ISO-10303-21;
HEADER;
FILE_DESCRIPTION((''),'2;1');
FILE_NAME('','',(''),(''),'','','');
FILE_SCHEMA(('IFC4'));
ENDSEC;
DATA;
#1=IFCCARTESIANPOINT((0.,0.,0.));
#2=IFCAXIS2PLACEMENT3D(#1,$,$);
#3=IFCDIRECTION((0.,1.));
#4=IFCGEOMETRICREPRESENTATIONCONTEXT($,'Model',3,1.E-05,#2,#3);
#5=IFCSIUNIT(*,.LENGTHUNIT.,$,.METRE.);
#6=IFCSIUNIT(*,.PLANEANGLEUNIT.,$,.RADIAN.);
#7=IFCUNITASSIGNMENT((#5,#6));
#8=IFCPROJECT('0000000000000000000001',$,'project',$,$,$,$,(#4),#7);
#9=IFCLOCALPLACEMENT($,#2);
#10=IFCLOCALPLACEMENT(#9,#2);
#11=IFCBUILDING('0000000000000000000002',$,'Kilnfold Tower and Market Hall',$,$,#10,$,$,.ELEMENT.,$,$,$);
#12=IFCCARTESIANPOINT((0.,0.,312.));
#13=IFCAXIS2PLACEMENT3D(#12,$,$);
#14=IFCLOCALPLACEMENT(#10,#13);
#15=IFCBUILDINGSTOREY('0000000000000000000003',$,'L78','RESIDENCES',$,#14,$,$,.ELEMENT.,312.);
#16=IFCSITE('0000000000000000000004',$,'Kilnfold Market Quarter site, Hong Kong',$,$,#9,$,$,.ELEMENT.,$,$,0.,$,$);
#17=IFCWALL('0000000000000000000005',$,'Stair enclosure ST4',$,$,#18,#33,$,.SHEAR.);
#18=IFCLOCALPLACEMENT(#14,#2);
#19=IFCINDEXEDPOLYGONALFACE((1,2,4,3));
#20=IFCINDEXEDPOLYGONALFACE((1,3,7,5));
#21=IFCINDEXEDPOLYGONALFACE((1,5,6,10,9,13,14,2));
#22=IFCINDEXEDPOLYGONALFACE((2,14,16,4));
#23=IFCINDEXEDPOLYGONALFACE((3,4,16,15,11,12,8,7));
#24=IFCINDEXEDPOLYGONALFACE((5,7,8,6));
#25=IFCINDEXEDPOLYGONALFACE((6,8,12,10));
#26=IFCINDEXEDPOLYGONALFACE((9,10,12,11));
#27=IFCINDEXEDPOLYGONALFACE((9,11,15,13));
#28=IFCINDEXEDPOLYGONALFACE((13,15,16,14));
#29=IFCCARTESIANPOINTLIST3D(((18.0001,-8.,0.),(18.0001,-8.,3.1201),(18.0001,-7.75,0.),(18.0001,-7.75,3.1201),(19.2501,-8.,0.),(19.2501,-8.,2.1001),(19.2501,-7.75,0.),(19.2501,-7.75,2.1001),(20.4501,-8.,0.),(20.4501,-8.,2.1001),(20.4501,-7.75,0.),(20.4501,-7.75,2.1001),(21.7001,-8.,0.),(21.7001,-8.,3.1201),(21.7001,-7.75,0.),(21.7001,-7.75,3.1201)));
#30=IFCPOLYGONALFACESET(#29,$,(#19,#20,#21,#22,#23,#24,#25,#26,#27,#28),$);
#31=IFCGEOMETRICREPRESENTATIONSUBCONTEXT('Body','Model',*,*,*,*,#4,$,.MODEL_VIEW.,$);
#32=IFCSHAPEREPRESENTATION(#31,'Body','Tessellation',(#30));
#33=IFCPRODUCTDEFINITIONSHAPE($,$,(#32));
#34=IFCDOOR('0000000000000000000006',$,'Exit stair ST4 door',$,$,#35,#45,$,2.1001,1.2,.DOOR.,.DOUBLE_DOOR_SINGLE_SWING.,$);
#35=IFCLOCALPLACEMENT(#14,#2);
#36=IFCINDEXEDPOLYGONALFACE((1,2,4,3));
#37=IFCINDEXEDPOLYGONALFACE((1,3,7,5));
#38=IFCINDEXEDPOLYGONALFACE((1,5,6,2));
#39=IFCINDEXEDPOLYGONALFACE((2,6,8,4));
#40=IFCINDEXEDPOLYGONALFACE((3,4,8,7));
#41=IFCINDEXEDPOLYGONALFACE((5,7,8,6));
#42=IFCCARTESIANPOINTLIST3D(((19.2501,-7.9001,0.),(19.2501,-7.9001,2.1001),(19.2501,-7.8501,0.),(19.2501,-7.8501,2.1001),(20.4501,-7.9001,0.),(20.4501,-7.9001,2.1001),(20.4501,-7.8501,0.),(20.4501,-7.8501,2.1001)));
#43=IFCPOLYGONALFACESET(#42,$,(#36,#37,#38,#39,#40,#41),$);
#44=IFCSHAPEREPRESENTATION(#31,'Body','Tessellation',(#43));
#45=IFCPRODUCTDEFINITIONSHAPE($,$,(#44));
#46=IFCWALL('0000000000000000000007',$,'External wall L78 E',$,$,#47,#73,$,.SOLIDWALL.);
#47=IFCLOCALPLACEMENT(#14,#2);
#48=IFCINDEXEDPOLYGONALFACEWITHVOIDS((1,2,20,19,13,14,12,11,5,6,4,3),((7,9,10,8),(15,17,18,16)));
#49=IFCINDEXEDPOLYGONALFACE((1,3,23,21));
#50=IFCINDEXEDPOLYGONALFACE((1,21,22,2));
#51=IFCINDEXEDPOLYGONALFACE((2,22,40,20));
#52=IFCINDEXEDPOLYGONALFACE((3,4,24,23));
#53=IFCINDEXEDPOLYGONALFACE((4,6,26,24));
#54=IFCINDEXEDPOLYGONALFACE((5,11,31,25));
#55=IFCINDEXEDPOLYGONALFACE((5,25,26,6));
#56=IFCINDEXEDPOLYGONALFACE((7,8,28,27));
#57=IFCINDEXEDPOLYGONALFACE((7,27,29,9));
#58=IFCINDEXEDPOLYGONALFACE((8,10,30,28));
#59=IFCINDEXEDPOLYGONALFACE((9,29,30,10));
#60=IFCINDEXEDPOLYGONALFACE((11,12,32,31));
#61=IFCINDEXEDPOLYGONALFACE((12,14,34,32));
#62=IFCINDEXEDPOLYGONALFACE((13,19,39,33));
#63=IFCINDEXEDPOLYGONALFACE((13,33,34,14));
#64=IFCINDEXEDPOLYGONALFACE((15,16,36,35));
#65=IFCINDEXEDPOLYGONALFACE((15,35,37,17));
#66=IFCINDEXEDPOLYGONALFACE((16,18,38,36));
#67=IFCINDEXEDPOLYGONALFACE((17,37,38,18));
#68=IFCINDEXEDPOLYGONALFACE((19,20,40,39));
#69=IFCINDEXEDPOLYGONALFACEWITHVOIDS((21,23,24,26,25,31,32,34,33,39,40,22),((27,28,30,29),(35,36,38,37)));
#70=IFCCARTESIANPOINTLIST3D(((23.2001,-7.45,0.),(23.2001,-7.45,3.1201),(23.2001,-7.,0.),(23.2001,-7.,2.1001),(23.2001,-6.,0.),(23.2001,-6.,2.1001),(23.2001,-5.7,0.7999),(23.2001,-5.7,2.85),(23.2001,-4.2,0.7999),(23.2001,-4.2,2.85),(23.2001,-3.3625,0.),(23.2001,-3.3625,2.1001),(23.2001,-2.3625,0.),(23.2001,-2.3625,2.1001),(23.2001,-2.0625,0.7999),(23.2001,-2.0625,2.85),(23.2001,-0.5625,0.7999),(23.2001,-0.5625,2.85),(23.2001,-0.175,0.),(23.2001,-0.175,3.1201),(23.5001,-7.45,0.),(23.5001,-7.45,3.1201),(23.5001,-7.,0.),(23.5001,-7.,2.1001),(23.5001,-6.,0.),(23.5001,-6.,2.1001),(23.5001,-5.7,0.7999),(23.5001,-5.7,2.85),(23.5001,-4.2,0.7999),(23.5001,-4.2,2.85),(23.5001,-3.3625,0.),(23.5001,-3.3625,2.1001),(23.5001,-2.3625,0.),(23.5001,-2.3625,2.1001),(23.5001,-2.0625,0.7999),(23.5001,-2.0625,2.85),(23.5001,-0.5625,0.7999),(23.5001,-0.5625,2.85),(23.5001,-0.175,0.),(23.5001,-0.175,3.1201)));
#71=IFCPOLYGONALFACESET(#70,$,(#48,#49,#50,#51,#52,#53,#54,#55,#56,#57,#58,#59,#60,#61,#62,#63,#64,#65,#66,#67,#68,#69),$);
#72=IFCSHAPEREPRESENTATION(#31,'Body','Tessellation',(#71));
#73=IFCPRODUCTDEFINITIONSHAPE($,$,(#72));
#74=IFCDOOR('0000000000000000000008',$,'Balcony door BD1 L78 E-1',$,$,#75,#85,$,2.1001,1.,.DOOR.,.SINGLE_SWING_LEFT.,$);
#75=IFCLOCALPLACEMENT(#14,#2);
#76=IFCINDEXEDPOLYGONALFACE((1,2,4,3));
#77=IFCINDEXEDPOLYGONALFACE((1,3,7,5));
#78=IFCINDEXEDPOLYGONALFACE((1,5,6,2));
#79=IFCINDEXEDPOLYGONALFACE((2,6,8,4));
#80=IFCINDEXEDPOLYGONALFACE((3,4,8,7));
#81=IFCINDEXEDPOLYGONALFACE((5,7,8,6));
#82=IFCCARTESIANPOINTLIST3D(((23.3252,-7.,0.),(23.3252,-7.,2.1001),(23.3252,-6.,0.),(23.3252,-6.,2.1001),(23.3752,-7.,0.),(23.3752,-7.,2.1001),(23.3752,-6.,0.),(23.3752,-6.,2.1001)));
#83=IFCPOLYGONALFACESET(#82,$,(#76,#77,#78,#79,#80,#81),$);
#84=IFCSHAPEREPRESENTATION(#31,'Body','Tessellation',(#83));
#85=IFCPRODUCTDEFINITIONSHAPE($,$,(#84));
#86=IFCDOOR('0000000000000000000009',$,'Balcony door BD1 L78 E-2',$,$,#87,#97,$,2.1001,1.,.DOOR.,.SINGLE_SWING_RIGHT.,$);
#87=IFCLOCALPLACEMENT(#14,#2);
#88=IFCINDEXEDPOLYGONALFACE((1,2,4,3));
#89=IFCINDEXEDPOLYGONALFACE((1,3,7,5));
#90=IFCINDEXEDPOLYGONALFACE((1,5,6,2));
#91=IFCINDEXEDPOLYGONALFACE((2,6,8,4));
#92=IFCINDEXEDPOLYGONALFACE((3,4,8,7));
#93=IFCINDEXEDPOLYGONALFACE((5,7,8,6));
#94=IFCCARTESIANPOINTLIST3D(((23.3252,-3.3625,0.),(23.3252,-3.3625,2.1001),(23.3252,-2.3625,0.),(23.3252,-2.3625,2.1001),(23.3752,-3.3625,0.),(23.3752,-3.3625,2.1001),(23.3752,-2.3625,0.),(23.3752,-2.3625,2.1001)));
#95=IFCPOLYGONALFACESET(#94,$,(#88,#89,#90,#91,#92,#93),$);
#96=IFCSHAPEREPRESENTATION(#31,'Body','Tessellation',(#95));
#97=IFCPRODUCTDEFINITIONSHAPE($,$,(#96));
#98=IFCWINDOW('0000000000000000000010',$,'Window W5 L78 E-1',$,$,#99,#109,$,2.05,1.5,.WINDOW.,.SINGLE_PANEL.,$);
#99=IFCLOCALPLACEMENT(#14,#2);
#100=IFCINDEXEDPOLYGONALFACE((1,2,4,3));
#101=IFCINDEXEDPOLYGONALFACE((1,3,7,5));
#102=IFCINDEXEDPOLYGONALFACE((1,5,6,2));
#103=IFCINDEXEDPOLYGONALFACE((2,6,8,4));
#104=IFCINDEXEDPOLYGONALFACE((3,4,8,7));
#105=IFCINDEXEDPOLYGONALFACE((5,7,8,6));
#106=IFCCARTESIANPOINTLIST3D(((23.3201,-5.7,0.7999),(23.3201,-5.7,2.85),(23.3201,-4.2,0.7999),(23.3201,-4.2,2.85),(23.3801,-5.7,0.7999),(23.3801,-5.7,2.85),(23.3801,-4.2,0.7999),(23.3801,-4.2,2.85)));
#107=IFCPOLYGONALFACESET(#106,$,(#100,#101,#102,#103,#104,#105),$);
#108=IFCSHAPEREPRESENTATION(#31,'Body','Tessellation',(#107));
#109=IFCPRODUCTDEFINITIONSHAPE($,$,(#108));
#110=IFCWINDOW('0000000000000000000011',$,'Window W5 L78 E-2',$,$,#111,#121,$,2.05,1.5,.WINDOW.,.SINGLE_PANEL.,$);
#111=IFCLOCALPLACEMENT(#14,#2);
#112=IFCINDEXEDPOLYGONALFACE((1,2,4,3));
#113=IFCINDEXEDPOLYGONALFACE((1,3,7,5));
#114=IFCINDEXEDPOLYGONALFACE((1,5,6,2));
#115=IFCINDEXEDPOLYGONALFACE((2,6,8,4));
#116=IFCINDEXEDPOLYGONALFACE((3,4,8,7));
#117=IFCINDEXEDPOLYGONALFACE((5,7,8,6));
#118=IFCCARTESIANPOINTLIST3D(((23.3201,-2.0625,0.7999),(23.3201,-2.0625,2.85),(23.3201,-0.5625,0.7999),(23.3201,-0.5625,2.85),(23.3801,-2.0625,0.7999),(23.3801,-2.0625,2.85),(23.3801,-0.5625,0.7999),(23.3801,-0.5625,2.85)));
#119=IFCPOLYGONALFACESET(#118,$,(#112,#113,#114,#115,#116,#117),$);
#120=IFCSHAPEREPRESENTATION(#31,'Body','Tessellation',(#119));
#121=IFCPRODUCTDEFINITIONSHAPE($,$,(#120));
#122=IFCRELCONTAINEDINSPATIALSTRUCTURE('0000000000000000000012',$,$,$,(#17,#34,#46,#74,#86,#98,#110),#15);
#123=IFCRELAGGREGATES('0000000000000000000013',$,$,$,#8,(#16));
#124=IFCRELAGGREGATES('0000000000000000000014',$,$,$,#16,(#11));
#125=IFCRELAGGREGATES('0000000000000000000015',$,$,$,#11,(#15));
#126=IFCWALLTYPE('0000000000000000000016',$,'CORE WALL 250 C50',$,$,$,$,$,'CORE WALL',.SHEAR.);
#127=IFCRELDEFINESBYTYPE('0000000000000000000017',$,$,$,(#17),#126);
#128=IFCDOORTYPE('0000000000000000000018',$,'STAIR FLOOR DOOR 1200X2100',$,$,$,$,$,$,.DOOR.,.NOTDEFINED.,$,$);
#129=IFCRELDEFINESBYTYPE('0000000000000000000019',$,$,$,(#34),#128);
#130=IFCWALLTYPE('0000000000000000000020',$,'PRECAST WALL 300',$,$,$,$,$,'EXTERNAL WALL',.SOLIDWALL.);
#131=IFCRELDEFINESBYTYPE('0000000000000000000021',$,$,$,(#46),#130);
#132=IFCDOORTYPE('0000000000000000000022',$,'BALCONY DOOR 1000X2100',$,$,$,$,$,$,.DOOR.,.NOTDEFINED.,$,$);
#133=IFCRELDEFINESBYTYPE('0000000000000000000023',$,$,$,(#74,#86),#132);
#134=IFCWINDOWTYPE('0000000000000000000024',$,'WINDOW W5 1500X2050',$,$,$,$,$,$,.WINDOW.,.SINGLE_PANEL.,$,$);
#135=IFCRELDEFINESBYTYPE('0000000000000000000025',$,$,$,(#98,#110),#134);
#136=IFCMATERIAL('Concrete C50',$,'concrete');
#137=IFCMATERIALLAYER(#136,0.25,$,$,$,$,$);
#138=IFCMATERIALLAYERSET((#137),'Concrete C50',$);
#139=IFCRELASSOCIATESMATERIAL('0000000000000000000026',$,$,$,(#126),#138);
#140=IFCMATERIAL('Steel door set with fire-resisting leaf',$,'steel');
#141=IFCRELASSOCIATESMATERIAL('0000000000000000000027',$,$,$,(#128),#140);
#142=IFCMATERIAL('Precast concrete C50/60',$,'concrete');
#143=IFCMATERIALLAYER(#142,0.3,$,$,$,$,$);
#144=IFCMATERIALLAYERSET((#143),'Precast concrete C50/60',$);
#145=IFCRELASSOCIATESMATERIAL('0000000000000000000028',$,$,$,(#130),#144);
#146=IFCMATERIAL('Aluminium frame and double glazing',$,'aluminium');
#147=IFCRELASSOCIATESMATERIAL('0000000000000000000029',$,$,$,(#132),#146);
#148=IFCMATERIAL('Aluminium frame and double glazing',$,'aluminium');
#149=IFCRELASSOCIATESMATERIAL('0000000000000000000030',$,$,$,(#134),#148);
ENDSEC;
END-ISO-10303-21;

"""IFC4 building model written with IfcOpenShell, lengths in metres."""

from ifc_helpers import new_model, si_unit, direction, frame, frame_2d, origin, place, context, subcontext, project, spatial, rectangle, extrude, source, transform, mapped, material, layer, layer_set, type_object, element, fill, save


model = new_model("IFC4")

# Units and contexts
model_context = context("Model", 3, precision=1e-05, world=origin(), true_north=direction((0.0, 1.0)))
body_context = subcontext(model_context, "Body", "Model", "MODEL_VIEW")
ifc_project = project(units=[si_unit("LENGTHUNIT", "METRE"), si_unit("PLANEANGLEUNIT", "RADIAN")], contexts=[model_context])

# Site, building, storey
site_placement = place(None, origin())
site = spatial("IfcSite", under=ifc_project, at=site_placement, Name="Kilnfold Market Quarter site, Hong Kong", CompositionType="ELEMENT", RefElevation=0.0)
building_placement = place(site_placement, origin())
building = spatial("IfcBuilding", under=site, at=building_placement, Name="Kilnfold Tower and Market Hall", CompositionType="ELEMENT")
storey_placement = place(building_placement, frame((0.0, 0.0, 312.0)))
storey = spatial("IfcBuildingStorey", under=building, at=storey_placement, Name="L78", Description="RESIDENCES", CompositionType="ELEMENT", Elevation=312.0)

# Wall, opening, door
ifc_material_1 = material(Name="Concrete C50", Category="concrete")
ifc_layer_1 = layer(ifc_material_1, 0.25)
ifc_layer_set_1 = layer_set([ifc_layer_1], Name="Concrete C50")
wall_type_1 = type_object("IfcWallType", Name="CORE WALL 250 C50", ElementType="CORE WALL", PredefinedType="SHEAR", material=ifc_layer_set_1)
shared_shape_1 = source(origin(), body_context, "Body", "SweptSolid", [
    extrude(rectangle(XDim=3.7, YDim=0.25, at=frame_2d((1.8501, 0.0))), origin(), (0.0, 0.0, 1.0), 3.1201),
])
wall_1_placement = place(storey_placement, frame((18.0, -7.875, 0.0), z_axis=(0.0, 0.0, 1.0), x_axis=(1.0, 0.0, 0.0)))
wall_1 = element("IfcWall", 1, at=wall_1_placement, inside=storey, type_object=wall_type_1, Name="Stair enclosure ST4", PredefinedType="SHEAR", context=body_context, shape_type="MappedRepresentation", body=[
    mapped(shared_shape_1, transform((0.0, 0.0, 0.0))),
])
opening_1_placement = place(wall_1_placement, frame((1.25, 0.0, 0.0)))
opening_1 = element("IfcOpeningElement", 2, at=opening_1_placement, cuts=wall_1, PredefinedType="OPENING", context=body_context, shape_type="SweptSolid", body=[
    extrude(rectangle(XDim=1.2, YDim=2.1001, at=frame_2d((0.6001, 1.05))), frame((0.0, 0.135, 0.0), z_axis=(0.0, -1.0, 0.0), x_axis=(1.0, 0.0, 0.0)), (0.0, 0.0, 1.0), 0.27),
])
ifc_material_2 = material(Name="Steel door set with fire-resisting leaf", Category="steel")
door_type_1 = type_object("IfcDoorType", Name="STAIR FLOOR DOOR 1200X2100", OperationType="NOTDEFINED", PredefinedType="DOOR", material=ifc_material_2)
door_1_placement = place(opening_1_placement, origin())
door_1 = element("IfcDoor", 3, at=door_1_placement, inside=storey, type_object=door_type_1, Name="Exit stair ST4 door", OperationType="DOUBLE_DOOR_SINGLE_SWING", OverallHeight=2.1001, OverallWidth=1.2, PredefinedType="DOOR", context=body_context, shape_type="SweptSolid", body=[
    extrude(rectangle(XDim=1.2, YDim=2.1001, at=frame_2d((0.6001, 1.05))), frame((0.0, 0.0249, 0.0), z_axis=(0.0, -1.0, 0.0), x_axis=(1.0, 0.0, 0.0)), (0.0, 0.0, 1.0), 0.05),
])
fill(opening_1, door_1)

# Wall, openings, doors, windows
ifc_material_3 = material(Name="Precast concrete C50/60", Category="concrete")
ifc_layer_2 = layer(ifc_material_3, 0.3)
ifc_layer_set_2 = layer_set([ifc_layer_2], Name="Precast concrete C50/60")
wall_type_2 = type_object("IfcWallType", Name="PRECAST WALL 300", ElementType="EXTERNAL WALL", PredefinedType="SOLIDWALL", material=ifc_layer_set_2)
shared_shape_2 = source(origin(), body_context, "Body", "SweptSolid", [
    extrude(rectangle(XDim=7.2749, YDim=0.3, at=frame_2d((3.6375, 0.0))), origin(), (0.0, 0.0, 1.0), 3.1201),
])
wall_2_placement = place(storey_placement, frame((23.3501, -7.45, 0.0), z_axis=(0.0, 0.0, 1.0), x_axis=(0.0, 1.0, 0.0)))
wall_2 = element("IfcWall", 4, at=wall_2_placement, inside=storey, type_object=wall_type_2, Name="External wall L78 E", PredefinedType="SOLIDWALL", context=body_context, shape_type="MappedRepresentation", body=[
    mapped(shared_shape_2, transform((0.0, 0.0, 0.0))),
])
opening_2_placement = place(wall_2_placement, frame((1.75, 0.0, 0.8)))
opening_2 = element("IfcOpeningElement", 5, at=opening_2_placement, cuts=wall_2, PredefinedType="OPENING", context=body_context, shape_type="SweptSolid", body=[
    extrude(rectangle(XDim=1.5, YDim=2.05, at=frame_2d((0.75, 1.0249))), frame((0.0, 0.1602, 0.0), z_axis=(0.0, -1.0, 0.0), x_axis=(1.0, 0.0, 0.0)), (0.0, 0.0, 1.0), 0.3201),
])
opening_3_placement = place(wall_2_placement, frame((0.45, 0.0, 0.0)))
opening_3 = element("IfcOpeningElement", 6, at=opening_3_placement, cuts=wall_2, PredefinedType="OPENING", context=body_context, shape_type="SweptSolid", body=[
    extrude(rectangle(XDim=1.0, YDim=2.1001, at=frame_2d((0.5, 1.05))), frame((0.0, 0.1602, 0.0), z_axis=(0.0, -1.0, 0.0), x_axis=(1.0, 0.0, 0.0)), (0.0, 0.0, 1.0), 0.3201),
])
opening_4_placement = place(wall_2_placement, frame((5.3875, 0.0, 0.8)))
opening_4 = element("IfcOpeningElement", 7, at=opening_4_placement, cuts=wall_2, PredefinedType="OPENING", context=body_context, shape_type="SweptSolid", body=[
    extrude(rectangle(XDim=1.5, YDim=2.05, at=frame_2d((0.75, 1.0249))), frame((0.0, 0.1602, 0.0), z_axis=(0.0, -1.0, 0.0), x_axis=(1.0, 0.0, 0.0)), (0.0, 0.0, 1.0), 0.3201),
])
opening_5_placement = place(wall_2_placement, frame((4.0874, 0.0, 0.0)))
opening_5 = element("IfcOpeningElement", 8, at=opening_5_placement, cuts=wall_2, PredefinedType="OPENING", context=body_context, shape_type="SweptSolid", body=[
    extrude(rectangle(XDim=1.0, YDim=2.1001, at=frame_2d((0.5, 1.05))), frame((0.0, 0.1602, 0.0), z_axis=(0.0, -1.0, 0.0), x_axis=(1.0, 0.0, 0.0)), (0.0, 0.0, 1.0), 0.3201),
])
ifc_material_4 = material(Name="Aluminium frame and double glazing", Category="aluminium")
door_type_2 = type_object("IfcDoorType", Name="BALCONY DOOR 1000X2100", OperationType="NOTDEFINED", PredefinedType="DOOR", material=ifc_material_4)
door_2_placement = place(opening_3_placement, origin())
door_2 = element("IfcDoor", 9, at=door_2_placement, inside=storey, type_object=door_type_2, Name="Balcony door BD1 L78 E-1", OperationType="SINGLE_SWING_LEFT", OverallHeight=2.1001, OverallWidth=1.0, PredefinedType="DOOR", context=body_context, shape_type="SweptSolid", body=[
    extrude(rectangle(XDim=1.0, YDim=2.1001, at=frame_2d((0.5, 1.05))), frame((0.0, 0.0249, 0.0), z_axis=(0.0, -1.0, 0.0), x_axis=(1.0, 0.0, 0.0)), (0.0, 0.0, 1.0), 0.05),
])
fill(opening_3, door_2)
door_3_placement = place(opening_5_placement, origin())
door_3 = element("IfcDoor", 10, at=door_3_placement, inside=storey, type_object=door_type_2, Name="Balcony door BD1 L78 E-2", OperationType="SINGLE_SWING_RIGHT", OverallHeight=2.1001, OverallWidth=1.0, PredefinedType="DOOR", context=body_context, shape_type="SweptSolid", body=[
    extrude(rectangle(XDim=1.0, YDim=2.1001, at=frame_2d((0.5, 1.05))), frame((0.0, 0.0249, 0.0), z_axis=(0.0, -1.0, 0.0), x_axis=(1.0, 0.0, 0.0)), (0.0, 0.0, 1.0), 0.05),
])
fill(opening_5, door_3)
ifc_material_5 = material(Name="Aluminium frame and double glazing", Category="aluminium")
window_type = type_object("IfcWindowType", Name="WINDOW W5 1500X2050", PartitioningType="SINGLE_PANEL", PredefinedType="WINDOW", material=ifc_material_5)
window_1_placement = place(opening_2_placement, origin())
window_1 = element("IfcWindow", 11, at=window_1_placement, inside=storey, type_object=window_type, Name="Window W5 L78 E-1", OverallHeight=2.05, OverallWidth=1.5, PartitioningType="SINGLE_PANEL", PredefinedType="WINDOW", context=body_context, shape_type="SweptSolid", body=[
    extrude(rectangle(XDim=1.5, YDim=2.05, at=frame_2d((0.75, 1.0249))), frame((0.0, 0.03, 0.0), z_axis=(0.0, -1.0, 0.0), x_axis=(1.0, 0.0, 0.0)), (0.0, 0.0, 1.0), 0.0601),
])
fill(opening_2, window_1)
window_2_placement = place(opening_4_placement, origin())
window_2 = element("IfcWindow", 12, at=window_2_placement, inside=storey, type_object=window_type, Name="Window W5 L78 E-2", OverallHeight=2.05, OverallWidth=1.5, PartitioningType="SINGLE_PANEL", PredefinedType="WINDOW", context=body_context, shape_type="SweptSolid", body=[
    extrude(rectangle(XDim=1.5, YDim=2.05, at=frame_2d((0.75, 1.0249))), frame((0.0, 0.03, 0.0), z_axis=(0.0, -1.0, 0.0), x_axis=(1.0, 0.0, 0.0)), (0.0, 0.0, 1.0), 0.0601),
])
fill(opening_4, window_2)

save(model, "model.ifc")
